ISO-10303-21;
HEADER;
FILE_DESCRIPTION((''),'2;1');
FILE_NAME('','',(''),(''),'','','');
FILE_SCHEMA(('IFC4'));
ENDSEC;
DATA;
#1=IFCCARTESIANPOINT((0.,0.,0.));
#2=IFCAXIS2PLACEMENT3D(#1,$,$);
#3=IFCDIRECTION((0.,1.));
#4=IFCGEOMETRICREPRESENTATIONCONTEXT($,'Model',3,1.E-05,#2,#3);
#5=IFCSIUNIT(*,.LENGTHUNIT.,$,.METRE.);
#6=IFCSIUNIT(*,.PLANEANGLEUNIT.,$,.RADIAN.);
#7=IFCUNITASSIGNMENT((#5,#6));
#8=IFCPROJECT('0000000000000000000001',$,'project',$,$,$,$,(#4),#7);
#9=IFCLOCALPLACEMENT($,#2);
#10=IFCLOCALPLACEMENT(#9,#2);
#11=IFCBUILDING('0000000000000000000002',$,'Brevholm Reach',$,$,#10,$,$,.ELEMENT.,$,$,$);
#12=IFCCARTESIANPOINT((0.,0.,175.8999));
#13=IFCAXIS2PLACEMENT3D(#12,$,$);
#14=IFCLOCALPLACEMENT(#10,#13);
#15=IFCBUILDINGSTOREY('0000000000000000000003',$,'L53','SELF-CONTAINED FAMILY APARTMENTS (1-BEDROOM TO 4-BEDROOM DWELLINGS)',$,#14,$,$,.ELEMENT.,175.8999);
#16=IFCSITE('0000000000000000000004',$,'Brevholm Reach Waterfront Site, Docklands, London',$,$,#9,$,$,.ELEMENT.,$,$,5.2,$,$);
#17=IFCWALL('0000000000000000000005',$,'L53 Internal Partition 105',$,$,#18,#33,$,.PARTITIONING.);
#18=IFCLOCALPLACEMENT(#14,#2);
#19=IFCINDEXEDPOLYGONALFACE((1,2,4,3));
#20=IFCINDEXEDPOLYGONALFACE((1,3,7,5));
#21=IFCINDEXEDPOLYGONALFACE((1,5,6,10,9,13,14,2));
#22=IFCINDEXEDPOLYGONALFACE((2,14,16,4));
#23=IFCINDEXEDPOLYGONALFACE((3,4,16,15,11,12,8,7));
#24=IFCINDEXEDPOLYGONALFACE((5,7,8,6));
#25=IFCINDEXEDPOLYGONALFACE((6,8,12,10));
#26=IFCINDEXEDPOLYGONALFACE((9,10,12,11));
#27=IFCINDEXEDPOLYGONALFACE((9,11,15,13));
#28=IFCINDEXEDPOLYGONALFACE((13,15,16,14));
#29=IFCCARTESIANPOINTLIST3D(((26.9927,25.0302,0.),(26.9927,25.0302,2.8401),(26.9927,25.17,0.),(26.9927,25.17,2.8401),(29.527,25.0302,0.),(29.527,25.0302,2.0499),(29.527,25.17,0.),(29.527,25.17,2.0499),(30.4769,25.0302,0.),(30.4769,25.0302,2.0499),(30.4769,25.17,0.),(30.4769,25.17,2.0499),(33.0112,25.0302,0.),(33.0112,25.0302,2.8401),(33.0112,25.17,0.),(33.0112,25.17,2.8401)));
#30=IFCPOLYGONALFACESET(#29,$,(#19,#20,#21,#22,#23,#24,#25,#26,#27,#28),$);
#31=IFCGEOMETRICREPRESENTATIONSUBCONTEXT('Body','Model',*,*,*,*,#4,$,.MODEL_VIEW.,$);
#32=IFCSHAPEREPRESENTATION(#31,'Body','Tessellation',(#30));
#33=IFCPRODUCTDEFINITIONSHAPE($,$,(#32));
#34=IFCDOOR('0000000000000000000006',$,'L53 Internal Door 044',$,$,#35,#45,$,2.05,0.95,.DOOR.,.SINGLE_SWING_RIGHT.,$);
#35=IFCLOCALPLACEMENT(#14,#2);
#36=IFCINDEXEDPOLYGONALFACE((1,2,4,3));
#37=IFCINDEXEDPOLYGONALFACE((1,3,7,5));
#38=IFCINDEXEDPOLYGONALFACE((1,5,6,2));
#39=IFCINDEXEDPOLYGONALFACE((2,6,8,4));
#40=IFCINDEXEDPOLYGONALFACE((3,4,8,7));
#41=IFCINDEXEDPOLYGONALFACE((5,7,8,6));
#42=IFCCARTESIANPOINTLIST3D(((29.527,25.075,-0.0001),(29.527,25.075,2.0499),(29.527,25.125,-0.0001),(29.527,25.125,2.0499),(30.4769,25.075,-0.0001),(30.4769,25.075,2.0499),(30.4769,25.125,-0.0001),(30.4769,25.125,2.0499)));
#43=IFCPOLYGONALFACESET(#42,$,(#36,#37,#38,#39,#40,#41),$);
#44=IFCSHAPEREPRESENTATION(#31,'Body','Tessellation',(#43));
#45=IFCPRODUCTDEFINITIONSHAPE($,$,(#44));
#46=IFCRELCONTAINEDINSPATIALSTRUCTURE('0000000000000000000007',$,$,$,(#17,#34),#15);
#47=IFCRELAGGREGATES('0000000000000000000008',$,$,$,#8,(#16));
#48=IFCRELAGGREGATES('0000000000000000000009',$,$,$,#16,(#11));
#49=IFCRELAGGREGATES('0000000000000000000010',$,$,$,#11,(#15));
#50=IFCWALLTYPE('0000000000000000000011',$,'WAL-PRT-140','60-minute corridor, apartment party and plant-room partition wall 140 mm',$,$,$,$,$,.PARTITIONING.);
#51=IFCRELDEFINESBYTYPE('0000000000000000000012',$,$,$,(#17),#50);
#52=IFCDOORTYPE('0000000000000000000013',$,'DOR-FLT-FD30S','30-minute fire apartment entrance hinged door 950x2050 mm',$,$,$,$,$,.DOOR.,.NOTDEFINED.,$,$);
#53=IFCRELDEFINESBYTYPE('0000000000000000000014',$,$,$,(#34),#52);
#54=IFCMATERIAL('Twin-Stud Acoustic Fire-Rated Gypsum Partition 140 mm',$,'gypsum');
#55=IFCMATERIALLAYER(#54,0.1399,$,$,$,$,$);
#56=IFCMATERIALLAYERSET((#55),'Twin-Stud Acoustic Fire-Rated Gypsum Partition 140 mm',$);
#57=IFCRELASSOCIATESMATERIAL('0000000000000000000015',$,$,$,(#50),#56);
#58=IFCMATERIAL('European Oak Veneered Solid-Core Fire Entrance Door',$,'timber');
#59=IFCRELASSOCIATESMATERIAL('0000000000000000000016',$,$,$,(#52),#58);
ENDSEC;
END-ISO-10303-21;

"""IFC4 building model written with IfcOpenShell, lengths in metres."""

from ifc_helpers import new_model, si_unit, direction, frame, frame_2d, origin, place, context, subcontext, project, spatial, rectangle, extrude, material, layer, layer_set, type_object, element, fill, save


model = new_model("IFC4")

# Units and contexts
model_context = context("Model", 3, precision=1e-05, world=origin(), true_north=direction((0.0, 1.0)))
body_context = subcontext(model_context, "Body", "Model", "MODEL_VIEW")
ifc_project = project(units=[si_unit("LENGTHUNIT", "METRE"), si_unit("PLANEANGLEUNIT", "RADIAN")], contexts=[model_context])

# Site, building, storey
site_placement = place(None, origin())
site = spatial("IfcSite", under=ifc_project, at=site_placement, Name="Brevholm Reach Waterfront Site, Docklands, London", CompositionType="ELEMENT", RefElevation=5.2)
building_placement = place(site_placement, origin())
building = spatial("IfcBuilding", under=site, at=building_placement, Name="Brevholm Reach", CompositionType="ELEMENT")
storey_placement = place(building_placement, frame((0.0, 0.0, 175.8999)))
storey = spatial("IfcBuildingStorey", under=building, at=storey_placement, Name="L53", Description="SELF-CONTAINED FAMILY APARTMENTS (1-BEDROOM TO 4-BEDROOM DWELLINGS)", CompositionType="ELEMENT", Elevation=175.8999)

# Wall, opening, door
ifc_material_1 = material(Name="Twin-Stud Acoustic Fire-Rated Gypsum Partition 140 mm", Category="gypsum")
ifc_layer_1 = layer(ifc_material_1, 0.1399)
ifc_layer_set_1 = layer_set([ifc_layer_1], Name="Twin-Stud Acoustic Fire-Rated Gypsum Partition 140 mm")
wall_type_1 = type_object("IfcWallType", Name="WAL-PRT-140", Description="60-minute corridor, apartment party and plant-room partition wall 140 mm", PredefinedType="PARTITIONING", material=ifc_layer_set_1)
wall_1_placement = place(storey_placement, frame((26.9927, 25.1001, 0.0), z_axis=(0.0, 0.0, 1.0), x_axis=(1.0, 0.0, 0.0)))
wall_1 = element("IfcWall", 1, at=wall_1_placement, inside=storey, type_object=wall_type_1, Name="L53 Internal Partition 105", PredefinedType="PARTITIONING", context=body_context, shape_type="SweptSolid", body=[
    extrude(rectangle(XDim=6.0186, YDim=0.1399, at=frame_2d((3.0093, 0.0))), origin(), (0.0, 0.0, 1.0), 2.8401),
])
opening_1_placement = place(wall_1_placement, frame((2.5342, 0.0, 0.0)))
opening_1 = element("IfcOpeningElement", 2, at=opening_1_placement, cuts=wall_1, PredefinedType="OPENING", context=body_context, shape_type="SweptSolid", body=[
    extrude(rectangle(XDim=0.95, YDim=2.05, at=frame_2d((0.4751, 1.0249))), frame((0.0, 0.0798, 0.0), z_axis=(0.0, -1.0, 0.0), x_axis=(1.0, 0.0, 0.0)), (0.0, 0.0, 1.0), 0.1599),
])
ifc_material_2 = material(Name="European Oak Veneered Solid-Core Fire Entrance Door", Category="timber")
door_type = type_object("IfcDoorType", Name="DOR-FLT-FD30S", Description="30-minute fire apartment entrance hinged door 950x2050 mm", OperationType="NOTDEFINED", PredefinedType="DOOR", material=ifc_material_2)
door_placement = place(opening_1_placement, origin())
door = element("IfcDoor", 3, at=door_placement, inside=storey, type_object=door_type, Name="L53 Internal Door 044", OperationType="SINGLE_SWING_RIGHT", OverallHeight=2.05, OverallWidth=0.95, PredefinedType="DOOR", context=body_context, shape_type="SweptSolid", body=[
    extrude(rectangle(XDim=0.95, YDim=2.05, at=frame_2d((0.4751, 1.0249))), frame((0.0, 0.0249, 0.0), z_axis=(0.0, -1.0, 0.0), x_axis=(1.0, 0.0, 0.0)), (0.0, 0.0, 1.0), 0.05),
])
fill(opening_1, door)

save(model, "model.ifc")
